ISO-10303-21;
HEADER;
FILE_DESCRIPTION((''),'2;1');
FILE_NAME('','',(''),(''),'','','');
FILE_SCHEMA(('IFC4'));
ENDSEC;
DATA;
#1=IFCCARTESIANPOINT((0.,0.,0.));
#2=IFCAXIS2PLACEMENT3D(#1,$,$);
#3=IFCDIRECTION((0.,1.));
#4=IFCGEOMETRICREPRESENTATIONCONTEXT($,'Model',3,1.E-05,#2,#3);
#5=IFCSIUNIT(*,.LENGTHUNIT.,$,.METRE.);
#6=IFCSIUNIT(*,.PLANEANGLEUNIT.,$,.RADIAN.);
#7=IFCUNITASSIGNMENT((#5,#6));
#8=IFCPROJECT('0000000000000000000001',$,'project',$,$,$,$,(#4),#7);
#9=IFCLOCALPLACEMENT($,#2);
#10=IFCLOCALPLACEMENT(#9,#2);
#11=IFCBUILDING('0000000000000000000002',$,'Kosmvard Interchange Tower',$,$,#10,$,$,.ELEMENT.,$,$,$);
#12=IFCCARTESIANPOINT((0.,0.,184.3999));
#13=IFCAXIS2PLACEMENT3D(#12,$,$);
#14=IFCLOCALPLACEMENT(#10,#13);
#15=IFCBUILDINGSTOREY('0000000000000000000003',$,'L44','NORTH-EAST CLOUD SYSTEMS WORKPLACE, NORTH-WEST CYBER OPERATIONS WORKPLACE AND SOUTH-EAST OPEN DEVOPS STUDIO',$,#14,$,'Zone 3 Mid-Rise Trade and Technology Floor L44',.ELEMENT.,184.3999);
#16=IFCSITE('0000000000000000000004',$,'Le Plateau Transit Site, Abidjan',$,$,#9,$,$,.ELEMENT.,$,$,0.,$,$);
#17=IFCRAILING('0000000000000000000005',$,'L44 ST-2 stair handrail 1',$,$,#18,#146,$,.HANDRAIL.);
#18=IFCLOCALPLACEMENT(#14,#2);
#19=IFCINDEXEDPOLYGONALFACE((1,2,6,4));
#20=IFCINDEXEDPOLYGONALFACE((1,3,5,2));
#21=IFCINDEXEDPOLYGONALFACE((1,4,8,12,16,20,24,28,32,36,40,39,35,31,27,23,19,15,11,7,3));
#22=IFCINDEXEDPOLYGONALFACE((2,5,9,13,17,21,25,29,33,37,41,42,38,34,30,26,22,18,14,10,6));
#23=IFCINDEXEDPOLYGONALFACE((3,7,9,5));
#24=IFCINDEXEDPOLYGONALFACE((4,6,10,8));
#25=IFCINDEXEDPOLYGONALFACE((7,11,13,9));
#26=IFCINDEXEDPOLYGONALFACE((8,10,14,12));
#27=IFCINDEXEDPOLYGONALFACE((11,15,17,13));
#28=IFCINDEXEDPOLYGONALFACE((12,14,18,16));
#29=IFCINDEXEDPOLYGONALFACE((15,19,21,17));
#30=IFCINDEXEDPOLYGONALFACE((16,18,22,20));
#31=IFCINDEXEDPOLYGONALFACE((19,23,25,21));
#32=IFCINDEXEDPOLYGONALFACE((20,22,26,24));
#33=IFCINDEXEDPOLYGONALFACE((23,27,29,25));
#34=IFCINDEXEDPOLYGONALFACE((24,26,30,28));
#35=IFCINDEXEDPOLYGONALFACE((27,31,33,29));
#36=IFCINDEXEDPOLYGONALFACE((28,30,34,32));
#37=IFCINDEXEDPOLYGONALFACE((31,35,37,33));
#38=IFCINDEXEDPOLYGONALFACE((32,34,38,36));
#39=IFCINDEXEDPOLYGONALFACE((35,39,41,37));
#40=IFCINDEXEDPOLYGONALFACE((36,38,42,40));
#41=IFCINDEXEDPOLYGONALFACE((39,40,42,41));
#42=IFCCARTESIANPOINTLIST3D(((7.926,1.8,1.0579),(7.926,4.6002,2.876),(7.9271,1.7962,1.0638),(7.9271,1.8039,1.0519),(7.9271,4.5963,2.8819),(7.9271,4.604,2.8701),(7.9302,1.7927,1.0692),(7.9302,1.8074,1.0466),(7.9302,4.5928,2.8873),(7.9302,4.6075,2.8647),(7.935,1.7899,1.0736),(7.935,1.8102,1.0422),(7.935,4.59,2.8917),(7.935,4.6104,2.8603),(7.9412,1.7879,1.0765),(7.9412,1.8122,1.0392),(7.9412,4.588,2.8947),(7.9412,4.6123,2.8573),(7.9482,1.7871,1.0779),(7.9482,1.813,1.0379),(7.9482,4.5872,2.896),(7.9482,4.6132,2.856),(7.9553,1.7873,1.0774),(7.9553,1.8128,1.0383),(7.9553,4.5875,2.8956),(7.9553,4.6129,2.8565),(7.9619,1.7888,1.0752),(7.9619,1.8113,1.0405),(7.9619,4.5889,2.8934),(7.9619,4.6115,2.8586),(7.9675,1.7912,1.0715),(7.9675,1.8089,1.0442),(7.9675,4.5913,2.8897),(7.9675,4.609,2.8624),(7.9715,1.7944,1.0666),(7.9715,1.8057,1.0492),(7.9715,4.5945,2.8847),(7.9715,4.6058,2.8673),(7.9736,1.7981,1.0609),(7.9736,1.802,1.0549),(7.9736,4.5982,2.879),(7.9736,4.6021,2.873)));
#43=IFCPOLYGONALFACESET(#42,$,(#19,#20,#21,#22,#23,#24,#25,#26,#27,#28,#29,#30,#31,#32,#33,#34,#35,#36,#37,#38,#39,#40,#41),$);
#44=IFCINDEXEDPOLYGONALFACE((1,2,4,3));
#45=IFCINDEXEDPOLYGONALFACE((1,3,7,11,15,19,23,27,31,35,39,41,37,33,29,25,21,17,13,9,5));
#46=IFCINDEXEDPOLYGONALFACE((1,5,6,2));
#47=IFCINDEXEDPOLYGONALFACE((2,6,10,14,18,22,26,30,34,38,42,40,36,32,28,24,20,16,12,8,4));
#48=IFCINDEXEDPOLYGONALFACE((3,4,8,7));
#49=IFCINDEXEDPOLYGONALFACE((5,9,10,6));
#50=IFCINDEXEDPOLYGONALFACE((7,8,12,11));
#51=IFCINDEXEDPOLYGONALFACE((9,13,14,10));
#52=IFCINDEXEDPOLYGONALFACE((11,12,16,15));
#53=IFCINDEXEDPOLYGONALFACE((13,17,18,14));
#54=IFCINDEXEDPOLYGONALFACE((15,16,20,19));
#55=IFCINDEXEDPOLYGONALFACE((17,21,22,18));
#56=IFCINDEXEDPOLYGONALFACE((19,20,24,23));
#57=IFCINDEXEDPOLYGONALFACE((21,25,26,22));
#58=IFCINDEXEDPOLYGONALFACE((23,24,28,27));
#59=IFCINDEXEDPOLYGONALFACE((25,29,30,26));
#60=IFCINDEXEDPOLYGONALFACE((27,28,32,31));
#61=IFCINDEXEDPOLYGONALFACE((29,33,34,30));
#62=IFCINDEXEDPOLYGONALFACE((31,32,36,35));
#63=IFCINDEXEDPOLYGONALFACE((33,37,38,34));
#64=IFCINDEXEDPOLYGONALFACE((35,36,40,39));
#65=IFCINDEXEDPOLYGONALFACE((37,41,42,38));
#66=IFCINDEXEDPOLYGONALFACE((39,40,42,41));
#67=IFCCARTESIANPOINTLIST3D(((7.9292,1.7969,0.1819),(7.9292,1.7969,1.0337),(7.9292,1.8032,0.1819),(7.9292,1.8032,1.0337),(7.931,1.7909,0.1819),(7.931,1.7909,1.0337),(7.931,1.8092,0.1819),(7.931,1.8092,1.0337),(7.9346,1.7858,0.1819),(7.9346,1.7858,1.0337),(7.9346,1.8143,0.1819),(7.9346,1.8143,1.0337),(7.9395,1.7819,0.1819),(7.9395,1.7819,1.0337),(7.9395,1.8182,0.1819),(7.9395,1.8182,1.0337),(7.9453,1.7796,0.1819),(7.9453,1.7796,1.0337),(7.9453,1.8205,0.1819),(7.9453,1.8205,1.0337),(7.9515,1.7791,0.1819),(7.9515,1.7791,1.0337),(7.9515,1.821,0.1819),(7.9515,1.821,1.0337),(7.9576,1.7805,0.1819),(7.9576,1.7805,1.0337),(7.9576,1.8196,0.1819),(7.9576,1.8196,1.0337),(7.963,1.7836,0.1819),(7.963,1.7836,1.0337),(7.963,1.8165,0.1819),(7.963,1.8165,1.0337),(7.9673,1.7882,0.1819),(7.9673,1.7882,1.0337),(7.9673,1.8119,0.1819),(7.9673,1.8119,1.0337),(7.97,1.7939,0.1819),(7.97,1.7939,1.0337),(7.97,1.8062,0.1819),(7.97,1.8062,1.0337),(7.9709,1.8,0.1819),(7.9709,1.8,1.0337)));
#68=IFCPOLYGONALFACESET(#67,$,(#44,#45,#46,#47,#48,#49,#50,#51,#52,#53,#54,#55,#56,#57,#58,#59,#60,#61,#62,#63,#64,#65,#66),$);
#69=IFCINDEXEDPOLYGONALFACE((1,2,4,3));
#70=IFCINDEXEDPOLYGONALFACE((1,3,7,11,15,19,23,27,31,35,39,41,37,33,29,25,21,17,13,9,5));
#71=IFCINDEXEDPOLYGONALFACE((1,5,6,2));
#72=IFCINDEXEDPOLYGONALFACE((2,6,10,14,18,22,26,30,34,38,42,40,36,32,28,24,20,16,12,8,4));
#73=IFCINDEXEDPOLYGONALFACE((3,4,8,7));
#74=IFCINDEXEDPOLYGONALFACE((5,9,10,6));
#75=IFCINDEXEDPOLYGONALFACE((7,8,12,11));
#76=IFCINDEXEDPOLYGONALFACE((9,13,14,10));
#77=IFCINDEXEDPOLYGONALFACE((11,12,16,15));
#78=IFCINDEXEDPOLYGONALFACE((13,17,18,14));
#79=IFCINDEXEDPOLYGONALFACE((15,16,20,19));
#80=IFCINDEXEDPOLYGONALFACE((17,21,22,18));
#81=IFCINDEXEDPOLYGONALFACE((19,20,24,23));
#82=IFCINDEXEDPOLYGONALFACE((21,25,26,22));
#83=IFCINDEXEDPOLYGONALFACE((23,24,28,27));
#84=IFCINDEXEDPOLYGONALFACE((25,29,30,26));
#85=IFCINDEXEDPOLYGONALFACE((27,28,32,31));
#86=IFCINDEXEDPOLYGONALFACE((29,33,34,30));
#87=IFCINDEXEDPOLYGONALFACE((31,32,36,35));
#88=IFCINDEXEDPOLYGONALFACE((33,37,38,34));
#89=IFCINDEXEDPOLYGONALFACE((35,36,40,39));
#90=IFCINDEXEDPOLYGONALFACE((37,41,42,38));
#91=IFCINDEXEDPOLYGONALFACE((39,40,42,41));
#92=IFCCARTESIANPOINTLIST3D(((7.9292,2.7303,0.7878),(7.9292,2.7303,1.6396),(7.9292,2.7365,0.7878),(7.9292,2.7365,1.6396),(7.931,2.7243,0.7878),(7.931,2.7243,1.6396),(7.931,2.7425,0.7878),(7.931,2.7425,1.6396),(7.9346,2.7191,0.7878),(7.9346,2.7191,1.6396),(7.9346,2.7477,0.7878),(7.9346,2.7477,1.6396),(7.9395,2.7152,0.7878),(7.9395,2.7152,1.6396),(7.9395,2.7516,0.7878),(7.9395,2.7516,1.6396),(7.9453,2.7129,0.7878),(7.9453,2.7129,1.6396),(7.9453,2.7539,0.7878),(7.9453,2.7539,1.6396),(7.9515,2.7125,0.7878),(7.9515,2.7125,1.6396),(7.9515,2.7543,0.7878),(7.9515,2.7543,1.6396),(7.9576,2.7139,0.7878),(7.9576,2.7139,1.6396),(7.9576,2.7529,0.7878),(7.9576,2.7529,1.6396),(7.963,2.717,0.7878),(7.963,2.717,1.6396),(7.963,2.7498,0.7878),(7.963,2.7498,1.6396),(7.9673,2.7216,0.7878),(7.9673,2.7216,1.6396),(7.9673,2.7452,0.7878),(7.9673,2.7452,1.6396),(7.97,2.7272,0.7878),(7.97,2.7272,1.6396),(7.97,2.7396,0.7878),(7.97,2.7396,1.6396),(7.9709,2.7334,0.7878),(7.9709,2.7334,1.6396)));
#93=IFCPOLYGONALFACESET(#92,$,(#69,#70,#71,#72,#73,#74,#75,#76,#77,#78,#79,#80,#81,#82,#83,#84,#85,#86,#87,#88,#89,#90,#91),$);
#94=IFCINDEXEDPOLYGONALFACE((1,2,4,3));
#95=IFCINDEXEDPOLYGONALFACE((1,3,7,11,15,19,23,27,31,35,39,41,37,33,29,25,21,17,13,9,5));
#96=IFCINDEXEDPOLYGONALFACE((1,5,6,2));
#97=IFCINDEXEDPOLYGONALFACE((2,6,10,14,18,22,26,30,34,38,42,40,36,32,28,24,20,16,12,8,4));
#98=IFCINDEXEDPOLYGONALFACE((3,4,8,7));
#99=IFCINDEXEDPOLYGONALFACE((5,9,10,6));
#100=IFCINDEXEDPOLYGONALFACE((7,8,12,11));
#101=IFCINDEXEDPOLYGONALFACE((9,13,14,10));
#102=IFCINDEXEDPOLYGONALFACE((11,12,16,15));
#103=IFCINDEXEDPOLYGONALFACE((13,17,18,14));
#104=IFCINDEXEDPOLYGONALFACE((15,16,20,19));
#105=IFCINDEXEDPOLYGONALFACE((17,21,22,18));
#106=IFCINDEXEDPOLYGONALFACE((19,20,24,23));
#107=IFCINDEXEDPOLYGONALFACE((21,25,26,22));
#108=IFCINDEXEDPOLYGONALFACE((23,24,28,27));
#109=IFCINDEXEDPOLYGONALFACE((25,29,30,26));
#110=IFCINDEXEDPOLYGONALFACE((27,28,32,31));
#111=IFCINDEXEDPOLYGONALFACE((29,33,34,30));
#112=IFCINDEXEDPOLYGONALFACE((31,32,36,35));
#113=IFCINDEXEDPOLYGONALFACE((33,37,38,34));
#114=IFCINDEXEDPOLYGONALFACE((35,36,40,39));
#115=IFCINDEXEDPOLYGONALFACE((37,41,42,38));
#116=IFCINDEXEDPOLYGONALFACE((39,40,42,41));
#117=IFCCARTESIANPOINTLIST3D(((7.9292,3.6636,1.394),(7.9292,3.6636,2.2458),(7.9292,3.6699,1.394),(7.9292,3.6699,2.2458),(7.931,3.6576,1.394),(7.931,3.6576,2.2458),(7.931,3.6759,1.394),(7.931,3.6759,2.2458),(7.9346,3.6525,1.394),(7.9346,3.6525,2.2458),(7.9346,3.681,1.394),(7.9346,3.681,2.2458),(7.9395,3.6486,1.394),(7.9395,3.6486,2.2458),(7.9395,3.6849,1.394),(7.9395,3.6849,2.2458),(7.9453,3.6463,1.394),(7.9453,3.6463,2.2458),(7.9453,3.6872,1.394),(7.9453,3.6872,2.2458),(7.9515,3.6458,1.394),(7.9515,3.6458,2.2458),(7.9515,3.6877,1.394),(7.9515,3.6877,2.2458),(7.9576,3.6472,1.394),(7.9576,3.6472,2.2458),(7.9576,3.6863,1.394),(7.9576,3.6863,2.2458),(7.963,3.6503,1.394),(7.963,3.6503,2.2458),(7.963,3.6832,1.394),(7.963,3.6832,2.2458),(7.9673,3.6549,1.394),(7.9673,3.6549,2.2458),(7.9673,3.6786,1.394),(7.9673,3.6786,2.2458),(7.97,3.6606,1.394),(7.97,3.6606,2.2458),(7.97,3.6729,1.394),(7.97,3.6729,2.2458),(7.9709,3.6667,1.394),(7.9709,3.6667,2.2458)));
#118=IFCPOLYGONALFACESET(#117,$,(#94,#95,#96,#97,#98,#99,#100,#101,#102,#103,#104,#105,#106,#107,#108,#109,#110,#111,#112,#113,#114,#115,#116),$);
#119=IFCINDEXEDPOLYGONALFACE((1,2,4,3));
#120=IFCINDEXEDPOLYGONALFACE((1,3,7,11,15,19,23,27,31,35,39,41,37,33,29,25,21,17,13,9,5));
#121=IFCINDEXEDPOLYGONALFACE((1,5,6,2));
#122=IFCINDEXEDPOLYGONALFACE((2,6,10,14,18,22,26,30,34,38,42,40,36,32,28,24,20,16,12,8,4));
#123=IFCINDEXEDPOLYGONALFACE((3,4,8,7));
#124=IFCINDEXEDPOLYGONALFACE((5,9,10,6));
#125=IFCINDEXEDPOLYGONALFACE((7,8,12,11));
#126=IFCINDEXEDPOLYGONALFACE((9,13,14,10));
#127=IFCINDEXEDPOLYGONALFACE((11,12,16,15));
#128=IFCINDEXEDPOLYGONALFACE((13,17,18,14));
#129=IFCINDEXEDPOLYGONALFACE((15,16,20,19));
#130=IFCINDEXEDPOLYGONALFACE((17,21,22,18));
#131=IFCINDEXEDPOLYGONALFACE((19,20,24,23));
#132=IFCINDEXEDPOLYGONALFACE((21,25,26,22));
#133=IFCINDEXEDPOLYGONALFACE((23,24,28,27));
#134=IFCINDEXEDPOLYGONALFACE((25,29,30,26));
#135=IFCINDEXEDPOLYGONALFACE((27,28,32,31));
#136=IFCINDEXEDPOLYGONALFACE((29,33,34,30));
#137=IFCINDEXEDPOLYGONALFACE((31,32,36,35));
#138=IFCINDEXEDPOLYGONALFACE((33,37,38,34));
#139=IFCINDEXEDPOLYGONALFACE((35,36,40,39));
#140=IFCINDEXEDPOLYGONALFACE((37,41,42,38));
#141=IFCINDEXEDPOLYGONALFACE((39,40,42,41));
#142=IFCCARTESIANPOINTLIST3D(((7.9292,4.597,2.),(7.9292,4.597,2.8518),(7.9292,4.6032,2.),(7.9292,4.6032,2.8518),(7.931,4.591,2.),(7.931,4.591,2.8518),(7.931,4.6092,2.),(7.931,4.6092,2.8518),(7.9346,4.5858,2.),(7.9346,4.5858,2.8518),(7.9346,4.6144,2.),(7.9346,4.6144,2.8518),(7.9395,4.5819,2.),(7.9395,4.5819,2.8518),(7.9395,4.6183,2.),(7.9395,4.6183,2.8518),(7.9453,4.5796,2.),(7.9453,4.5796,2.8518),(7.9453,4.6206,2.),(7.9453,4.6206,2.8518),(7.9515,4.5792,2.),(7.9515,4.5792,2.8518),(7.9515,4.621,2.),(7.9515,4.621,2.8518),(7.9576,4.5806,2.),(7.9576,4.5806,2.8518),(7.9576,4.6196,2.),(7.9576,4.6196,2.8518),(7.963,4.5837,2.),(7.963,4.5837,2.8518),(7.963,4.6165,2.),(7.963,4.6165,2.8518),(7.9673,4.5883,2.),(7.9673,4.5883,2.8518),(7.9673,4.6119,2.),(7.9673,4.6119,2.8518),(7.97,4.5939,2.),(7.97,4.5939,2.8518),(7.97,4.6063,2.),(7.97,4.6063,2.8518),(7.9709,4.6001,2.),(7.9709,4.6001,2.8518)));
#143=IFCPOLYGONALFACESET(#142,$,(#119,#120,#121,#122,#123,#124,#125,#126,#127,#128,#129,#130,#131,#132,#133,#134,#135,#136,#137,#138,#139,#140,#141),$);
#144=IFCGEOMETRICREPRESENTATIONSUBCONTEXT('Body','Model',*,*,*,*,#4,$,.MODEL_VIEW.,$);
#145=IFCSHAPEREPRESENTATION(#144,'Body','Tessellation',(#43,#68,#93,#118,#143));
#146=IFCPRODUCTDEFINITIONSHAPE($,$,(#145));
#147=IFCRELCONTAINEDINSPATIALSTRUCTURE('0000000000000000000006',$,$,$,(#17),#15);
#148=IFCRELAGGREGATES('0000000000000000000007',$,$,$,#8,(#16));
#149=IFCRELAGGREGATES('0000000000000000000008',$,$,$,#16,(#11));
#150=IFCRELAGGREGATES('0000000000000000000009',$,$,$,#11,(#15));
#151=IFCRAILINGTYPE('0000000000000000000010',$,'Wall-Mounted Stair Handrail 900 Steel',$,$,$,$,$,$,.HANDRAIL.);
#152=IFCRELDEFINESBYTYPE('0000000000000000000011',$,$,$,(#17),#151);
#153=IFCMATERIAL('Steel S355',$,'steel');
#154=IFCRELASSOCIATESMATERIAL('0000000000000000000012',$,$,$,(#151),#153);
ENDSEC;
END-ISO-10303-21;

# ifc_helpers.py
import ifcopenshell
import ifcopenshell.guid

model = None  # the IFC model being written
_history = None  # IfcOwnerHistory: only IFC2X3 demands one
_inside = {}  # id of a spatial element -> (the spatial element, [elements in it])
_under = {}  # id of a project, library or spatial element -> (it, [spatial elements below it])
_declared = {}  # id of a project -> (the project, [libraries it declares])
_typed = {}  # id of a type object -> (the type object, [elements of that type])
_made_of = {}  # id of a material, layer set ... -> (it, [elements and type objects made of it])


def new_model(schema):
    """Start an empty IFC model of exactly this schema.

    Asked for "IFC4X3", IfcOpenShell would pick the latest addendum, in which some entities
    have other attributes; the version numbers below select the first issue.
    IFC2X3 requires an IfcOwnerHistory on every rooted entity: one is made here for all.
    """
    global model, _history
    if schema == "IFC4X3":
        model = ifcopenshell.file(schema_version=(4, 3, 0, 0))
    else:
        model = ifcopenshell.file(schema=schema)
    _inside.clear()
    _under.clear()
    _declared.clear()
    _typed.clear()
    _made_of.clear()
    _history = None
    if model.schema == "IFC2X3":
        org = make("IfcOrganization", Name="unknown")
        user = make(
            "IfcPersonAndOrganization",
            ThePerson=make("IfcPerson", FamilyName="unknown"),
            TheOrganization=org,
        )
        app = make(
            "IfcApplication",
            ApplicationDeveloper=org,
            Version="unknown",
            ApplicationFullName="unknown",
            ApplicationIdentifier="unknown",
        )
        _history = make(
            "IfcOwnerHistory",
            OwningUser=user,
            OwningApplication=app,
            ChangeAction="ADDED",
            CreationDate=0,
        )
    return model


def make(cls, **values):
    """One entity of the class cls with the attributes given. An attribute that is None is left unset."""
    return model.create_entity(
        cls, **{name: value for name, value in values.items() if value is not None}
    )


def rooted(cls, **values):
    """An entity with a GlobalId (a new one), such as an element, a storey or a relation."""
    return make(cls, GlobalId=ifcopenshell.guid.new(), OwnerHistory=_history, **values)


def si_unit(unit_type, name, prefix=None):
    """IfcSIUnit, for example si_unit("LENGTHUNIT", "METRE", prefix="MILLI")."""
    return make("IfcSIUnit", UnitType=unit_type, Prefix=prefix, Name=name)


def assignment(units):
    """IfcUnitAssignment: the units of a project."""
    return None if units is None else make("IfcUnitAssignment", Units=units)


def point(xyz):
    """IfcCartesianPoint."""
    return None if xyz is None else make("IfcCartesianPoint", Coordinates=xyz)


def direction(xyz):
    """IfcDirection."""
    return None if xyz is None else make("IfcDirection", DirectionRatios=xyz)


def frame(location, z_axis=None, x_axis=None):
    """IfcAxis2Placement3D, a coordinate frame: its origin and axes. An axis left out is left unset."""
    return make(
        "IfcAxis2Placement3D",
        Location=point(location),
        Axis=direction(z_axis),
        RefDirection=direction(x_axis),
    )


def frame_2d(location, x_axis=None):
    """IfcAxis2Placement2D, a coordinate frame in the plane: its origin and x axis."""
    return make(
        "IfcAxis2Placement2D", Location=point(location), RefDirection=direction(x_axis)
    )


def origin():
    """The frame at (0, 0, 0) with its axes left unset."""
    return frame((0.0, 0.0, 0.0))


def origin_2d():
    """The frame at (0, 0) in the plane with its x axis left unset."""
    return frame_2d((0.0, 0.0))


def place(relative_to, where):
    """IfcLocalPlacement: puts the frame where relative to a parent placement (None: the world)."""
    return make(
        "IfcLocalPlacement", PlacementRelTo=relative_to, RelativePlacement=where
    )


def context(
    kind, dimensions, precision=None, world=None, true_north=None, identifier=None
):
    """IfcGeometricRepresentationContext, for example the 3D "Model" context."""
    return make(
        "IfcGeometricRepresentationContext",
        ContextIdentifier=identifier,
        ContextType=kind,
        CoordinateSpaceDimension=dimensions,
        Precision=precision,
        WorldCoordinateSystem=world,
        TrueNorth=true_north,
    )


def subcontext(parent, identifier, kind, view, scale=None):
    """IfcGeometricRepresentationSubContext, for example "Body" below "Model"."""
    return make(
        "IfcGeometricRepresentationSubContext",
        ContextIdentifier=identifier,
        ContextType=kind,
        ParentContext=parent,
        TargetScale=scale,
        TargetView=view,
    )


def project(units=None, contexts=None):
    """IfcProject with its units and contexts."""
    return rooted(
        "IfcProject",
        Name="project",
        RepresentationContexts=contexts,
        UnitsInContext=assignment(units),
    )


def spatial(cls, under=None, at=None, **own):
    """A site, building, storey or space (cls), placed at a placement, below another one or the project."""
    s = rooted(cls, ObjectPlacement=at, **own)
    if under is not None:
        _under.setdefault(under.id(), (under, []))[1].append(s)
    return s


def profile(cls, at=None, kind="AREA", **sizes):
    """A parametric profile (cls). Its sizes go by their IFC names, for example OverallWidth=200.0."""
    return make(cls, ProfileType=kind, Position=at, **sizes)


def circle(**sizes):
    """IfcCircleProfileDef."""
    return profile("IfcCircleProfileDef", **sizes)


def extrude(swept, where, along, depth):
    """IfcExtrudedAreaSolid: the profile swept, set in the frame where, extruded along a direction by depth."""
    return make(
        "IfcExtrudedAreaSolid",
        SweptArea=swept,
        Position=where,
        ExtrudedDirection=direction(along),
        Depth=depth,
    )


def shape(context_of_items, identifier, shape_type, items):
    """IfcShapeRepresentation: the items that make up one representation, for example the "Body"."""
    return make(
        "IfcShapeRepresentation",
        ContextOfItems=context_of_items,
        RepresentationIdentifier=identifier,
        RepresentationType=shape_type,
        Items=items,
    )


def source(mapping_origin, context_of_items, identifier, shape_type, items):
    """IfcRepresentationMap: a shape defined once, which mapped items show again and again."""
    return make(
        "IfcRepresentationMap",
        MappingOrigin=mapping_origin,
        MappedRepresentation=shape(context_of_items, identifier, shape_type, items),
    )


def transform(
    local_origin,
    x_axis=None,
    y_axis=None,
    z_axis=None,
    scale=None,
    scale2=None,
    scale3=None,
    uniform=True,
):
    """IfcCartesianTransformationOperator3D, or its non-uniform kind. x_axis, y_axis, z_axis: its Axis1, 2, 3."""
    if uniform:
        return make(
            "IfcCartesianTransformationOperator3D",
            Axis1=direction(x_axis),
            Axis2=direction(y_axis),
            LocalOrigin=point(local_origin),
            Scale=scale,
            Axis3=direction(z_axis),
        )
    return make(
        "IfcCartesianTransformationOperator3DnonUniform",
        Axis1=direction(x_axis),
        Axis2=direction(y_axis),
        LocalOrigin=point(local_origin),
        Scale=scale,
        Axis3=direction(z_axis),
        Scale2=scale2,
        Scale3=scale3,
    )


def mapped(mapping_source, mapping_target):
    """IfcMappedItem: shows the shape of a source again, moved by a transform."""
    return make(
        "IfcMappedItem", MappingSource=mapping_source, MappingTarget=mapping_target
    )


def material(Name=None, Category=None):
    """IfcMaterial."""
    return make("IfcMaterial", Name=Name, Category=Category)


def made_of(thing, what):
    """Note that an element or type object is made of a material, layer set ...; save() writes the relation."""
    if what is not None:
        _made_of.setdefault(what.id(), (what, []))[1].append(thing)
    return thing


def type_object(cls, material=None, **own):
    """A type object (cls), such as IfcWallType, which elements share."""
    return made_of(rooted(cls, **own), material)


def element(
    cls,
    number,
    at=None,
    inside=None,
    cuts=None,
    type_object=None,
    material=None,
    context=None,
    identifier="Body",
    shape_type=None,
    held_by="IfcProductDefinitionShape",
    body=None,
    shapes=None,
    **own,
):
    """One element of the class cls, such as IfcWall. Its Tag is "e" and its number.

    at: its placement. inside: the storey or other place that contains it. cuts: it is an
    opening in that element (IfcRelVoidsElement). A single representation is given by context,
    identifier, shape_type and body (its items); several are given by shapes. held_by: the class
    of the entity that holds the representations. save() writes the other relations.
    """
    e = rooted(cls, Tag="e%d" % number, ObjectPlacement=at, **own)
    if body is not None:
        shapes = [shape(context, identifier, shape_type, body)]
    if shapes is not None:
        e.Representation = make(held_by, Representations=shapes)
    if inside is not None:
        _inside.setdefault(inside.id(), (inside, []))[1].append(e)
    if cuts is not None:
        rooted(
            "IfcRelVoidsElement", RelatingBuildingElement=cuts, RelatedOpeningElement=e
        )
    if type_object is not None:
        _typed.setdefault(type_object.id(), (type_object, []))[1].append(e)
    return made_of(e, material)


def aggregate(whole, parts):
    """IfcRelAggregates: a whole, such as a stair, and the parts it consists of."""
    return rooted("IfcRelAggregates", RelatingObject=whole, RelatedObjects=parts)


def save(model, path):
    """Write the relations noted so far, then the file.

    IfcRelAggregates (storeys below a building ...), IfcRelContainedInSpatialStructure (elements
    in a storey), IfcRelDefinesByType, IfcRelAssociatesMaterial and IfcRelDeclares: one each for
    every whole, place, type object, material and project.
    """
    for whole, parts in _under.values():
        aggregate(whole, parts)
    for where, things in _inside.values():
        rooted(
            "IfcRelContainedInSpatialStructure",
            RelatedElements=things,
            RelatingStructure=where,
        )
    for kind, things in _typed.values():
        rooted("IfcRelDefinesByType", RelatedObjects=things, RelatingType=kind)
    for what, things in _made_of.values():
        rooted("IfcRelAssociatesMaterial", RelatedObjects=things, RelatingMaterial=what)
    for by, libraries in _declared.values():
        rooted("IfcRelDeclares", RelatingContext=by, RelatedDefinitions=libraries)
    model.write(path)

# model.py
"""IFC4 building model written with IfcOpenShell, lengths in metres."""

from ifc_helpers import new_model, si_unit, direction, frame, origin, origin_2d, place, context, subcontext, project, spatial, circle, extrude, source, transform, mapped, material, type_object, element, save


model = new_model("IFC4")

# Units and contexts
model_context = context("Model", 3, precision=1e-05, world=origin(), true_north=direction((0.0, 1.0)))
body_context = subcontext(model_context, "Body", "Model", "MODEL_VIEW")
ifc_project = project(units=[si_unit("LENGTHUNIT", "METRE"), si_unit("PLANEANGLEUNIT", "RADIAN")], contexts=[model_context])

# Site, building, storey
site_placement = place(None, origin())
site = spatial("IfcSite", under=ifc_project, at=site_placement, Name="Le Plateau Transit Site, Abidjan", CompositionType="ELEMENT", RefElevation=0.0)
building_placement = place(site_placement, origin())
building = spatial("IfcBuilding", under=site, at=building_placement, Name="Kosmvard Interchange Tower", CompositionType="ELEMENT")
storey_placement = place(building_placement, frame((0.0, 0.0, 184.3999)))
storey = spatial("IfcBuildingStorey", under=building, at=storey_placement, Name="L44", Description="NORTH-EAST CLOUD SYSTEMS WORKPLACE, NORTH-WEST CYBER OPERATIONS WORKPLACE AND SOUTH-EAST OPEN DEVOPS STUDIO", LongName="Zone 3 Mid-Rise Trade and Technology Floor L44", CompositionType="ELEMENT", Elevation=184.3999)

# Railing
ifc_material_1 = material(Name="Steel S355", Category="steel")
railing_type_1 = type_object("IfcRailingType", Name="Wall-Mounted Stair Handrail 900 Steel", PredefinedType="HANDRAIL", material=ifc_material_1)
shared_shape_1 = source(origin(), body_context, "Body", "SweptSolid", [
    extrude(circle(Radius=0.0239, at=origin_2d()), frame((0.0, 0.0, 0.876), z_axis=(0.0, 0.838706, 0.544585), x_axis=(-1.0, 0.0, 0.0)), (0.0, 0.0, 1.0), 3.3386),
    extrude(circle(Radius=0.021, at=origin_2d()), origin(), (0.0, 0.0, 1.0), 0.8518),
    extrude(circle(Radius=0.021, at=origin_2d()), frame((0.0, 0.9333, 0.606)), (0.0, 0.0, 1.0), 0.8518),
    extrude(circle(Radius=0.021, at=origin_2d()), frame((0.0, 1.8667, 1.2122)), (0.0, 0.0, 1.0), 0.8518),
    extrude(circle(Radius=0.021, at=origin_2d()), frame((0.0, 2.8, 1.8181)), (0.0, 0.0, 1.0), 0.8518),
])
railing_1_placement = place(storey_placement, frame((7.95, 1.8, 0.1819)))
element("IfcRailing", 1, at=railing_1_placement, inside=storey, type_object=railing_type_1, Name="L44 ST-2 stair handrail 1", PredefinedType="HANDRAIL", context=body_context, shape_type="MappedRepresentation", body=[
    mapped(shared_shape_1, transform((0.0, 0.0, 0.0), scale=1.0)),
])

save(model, "model.ifc")
